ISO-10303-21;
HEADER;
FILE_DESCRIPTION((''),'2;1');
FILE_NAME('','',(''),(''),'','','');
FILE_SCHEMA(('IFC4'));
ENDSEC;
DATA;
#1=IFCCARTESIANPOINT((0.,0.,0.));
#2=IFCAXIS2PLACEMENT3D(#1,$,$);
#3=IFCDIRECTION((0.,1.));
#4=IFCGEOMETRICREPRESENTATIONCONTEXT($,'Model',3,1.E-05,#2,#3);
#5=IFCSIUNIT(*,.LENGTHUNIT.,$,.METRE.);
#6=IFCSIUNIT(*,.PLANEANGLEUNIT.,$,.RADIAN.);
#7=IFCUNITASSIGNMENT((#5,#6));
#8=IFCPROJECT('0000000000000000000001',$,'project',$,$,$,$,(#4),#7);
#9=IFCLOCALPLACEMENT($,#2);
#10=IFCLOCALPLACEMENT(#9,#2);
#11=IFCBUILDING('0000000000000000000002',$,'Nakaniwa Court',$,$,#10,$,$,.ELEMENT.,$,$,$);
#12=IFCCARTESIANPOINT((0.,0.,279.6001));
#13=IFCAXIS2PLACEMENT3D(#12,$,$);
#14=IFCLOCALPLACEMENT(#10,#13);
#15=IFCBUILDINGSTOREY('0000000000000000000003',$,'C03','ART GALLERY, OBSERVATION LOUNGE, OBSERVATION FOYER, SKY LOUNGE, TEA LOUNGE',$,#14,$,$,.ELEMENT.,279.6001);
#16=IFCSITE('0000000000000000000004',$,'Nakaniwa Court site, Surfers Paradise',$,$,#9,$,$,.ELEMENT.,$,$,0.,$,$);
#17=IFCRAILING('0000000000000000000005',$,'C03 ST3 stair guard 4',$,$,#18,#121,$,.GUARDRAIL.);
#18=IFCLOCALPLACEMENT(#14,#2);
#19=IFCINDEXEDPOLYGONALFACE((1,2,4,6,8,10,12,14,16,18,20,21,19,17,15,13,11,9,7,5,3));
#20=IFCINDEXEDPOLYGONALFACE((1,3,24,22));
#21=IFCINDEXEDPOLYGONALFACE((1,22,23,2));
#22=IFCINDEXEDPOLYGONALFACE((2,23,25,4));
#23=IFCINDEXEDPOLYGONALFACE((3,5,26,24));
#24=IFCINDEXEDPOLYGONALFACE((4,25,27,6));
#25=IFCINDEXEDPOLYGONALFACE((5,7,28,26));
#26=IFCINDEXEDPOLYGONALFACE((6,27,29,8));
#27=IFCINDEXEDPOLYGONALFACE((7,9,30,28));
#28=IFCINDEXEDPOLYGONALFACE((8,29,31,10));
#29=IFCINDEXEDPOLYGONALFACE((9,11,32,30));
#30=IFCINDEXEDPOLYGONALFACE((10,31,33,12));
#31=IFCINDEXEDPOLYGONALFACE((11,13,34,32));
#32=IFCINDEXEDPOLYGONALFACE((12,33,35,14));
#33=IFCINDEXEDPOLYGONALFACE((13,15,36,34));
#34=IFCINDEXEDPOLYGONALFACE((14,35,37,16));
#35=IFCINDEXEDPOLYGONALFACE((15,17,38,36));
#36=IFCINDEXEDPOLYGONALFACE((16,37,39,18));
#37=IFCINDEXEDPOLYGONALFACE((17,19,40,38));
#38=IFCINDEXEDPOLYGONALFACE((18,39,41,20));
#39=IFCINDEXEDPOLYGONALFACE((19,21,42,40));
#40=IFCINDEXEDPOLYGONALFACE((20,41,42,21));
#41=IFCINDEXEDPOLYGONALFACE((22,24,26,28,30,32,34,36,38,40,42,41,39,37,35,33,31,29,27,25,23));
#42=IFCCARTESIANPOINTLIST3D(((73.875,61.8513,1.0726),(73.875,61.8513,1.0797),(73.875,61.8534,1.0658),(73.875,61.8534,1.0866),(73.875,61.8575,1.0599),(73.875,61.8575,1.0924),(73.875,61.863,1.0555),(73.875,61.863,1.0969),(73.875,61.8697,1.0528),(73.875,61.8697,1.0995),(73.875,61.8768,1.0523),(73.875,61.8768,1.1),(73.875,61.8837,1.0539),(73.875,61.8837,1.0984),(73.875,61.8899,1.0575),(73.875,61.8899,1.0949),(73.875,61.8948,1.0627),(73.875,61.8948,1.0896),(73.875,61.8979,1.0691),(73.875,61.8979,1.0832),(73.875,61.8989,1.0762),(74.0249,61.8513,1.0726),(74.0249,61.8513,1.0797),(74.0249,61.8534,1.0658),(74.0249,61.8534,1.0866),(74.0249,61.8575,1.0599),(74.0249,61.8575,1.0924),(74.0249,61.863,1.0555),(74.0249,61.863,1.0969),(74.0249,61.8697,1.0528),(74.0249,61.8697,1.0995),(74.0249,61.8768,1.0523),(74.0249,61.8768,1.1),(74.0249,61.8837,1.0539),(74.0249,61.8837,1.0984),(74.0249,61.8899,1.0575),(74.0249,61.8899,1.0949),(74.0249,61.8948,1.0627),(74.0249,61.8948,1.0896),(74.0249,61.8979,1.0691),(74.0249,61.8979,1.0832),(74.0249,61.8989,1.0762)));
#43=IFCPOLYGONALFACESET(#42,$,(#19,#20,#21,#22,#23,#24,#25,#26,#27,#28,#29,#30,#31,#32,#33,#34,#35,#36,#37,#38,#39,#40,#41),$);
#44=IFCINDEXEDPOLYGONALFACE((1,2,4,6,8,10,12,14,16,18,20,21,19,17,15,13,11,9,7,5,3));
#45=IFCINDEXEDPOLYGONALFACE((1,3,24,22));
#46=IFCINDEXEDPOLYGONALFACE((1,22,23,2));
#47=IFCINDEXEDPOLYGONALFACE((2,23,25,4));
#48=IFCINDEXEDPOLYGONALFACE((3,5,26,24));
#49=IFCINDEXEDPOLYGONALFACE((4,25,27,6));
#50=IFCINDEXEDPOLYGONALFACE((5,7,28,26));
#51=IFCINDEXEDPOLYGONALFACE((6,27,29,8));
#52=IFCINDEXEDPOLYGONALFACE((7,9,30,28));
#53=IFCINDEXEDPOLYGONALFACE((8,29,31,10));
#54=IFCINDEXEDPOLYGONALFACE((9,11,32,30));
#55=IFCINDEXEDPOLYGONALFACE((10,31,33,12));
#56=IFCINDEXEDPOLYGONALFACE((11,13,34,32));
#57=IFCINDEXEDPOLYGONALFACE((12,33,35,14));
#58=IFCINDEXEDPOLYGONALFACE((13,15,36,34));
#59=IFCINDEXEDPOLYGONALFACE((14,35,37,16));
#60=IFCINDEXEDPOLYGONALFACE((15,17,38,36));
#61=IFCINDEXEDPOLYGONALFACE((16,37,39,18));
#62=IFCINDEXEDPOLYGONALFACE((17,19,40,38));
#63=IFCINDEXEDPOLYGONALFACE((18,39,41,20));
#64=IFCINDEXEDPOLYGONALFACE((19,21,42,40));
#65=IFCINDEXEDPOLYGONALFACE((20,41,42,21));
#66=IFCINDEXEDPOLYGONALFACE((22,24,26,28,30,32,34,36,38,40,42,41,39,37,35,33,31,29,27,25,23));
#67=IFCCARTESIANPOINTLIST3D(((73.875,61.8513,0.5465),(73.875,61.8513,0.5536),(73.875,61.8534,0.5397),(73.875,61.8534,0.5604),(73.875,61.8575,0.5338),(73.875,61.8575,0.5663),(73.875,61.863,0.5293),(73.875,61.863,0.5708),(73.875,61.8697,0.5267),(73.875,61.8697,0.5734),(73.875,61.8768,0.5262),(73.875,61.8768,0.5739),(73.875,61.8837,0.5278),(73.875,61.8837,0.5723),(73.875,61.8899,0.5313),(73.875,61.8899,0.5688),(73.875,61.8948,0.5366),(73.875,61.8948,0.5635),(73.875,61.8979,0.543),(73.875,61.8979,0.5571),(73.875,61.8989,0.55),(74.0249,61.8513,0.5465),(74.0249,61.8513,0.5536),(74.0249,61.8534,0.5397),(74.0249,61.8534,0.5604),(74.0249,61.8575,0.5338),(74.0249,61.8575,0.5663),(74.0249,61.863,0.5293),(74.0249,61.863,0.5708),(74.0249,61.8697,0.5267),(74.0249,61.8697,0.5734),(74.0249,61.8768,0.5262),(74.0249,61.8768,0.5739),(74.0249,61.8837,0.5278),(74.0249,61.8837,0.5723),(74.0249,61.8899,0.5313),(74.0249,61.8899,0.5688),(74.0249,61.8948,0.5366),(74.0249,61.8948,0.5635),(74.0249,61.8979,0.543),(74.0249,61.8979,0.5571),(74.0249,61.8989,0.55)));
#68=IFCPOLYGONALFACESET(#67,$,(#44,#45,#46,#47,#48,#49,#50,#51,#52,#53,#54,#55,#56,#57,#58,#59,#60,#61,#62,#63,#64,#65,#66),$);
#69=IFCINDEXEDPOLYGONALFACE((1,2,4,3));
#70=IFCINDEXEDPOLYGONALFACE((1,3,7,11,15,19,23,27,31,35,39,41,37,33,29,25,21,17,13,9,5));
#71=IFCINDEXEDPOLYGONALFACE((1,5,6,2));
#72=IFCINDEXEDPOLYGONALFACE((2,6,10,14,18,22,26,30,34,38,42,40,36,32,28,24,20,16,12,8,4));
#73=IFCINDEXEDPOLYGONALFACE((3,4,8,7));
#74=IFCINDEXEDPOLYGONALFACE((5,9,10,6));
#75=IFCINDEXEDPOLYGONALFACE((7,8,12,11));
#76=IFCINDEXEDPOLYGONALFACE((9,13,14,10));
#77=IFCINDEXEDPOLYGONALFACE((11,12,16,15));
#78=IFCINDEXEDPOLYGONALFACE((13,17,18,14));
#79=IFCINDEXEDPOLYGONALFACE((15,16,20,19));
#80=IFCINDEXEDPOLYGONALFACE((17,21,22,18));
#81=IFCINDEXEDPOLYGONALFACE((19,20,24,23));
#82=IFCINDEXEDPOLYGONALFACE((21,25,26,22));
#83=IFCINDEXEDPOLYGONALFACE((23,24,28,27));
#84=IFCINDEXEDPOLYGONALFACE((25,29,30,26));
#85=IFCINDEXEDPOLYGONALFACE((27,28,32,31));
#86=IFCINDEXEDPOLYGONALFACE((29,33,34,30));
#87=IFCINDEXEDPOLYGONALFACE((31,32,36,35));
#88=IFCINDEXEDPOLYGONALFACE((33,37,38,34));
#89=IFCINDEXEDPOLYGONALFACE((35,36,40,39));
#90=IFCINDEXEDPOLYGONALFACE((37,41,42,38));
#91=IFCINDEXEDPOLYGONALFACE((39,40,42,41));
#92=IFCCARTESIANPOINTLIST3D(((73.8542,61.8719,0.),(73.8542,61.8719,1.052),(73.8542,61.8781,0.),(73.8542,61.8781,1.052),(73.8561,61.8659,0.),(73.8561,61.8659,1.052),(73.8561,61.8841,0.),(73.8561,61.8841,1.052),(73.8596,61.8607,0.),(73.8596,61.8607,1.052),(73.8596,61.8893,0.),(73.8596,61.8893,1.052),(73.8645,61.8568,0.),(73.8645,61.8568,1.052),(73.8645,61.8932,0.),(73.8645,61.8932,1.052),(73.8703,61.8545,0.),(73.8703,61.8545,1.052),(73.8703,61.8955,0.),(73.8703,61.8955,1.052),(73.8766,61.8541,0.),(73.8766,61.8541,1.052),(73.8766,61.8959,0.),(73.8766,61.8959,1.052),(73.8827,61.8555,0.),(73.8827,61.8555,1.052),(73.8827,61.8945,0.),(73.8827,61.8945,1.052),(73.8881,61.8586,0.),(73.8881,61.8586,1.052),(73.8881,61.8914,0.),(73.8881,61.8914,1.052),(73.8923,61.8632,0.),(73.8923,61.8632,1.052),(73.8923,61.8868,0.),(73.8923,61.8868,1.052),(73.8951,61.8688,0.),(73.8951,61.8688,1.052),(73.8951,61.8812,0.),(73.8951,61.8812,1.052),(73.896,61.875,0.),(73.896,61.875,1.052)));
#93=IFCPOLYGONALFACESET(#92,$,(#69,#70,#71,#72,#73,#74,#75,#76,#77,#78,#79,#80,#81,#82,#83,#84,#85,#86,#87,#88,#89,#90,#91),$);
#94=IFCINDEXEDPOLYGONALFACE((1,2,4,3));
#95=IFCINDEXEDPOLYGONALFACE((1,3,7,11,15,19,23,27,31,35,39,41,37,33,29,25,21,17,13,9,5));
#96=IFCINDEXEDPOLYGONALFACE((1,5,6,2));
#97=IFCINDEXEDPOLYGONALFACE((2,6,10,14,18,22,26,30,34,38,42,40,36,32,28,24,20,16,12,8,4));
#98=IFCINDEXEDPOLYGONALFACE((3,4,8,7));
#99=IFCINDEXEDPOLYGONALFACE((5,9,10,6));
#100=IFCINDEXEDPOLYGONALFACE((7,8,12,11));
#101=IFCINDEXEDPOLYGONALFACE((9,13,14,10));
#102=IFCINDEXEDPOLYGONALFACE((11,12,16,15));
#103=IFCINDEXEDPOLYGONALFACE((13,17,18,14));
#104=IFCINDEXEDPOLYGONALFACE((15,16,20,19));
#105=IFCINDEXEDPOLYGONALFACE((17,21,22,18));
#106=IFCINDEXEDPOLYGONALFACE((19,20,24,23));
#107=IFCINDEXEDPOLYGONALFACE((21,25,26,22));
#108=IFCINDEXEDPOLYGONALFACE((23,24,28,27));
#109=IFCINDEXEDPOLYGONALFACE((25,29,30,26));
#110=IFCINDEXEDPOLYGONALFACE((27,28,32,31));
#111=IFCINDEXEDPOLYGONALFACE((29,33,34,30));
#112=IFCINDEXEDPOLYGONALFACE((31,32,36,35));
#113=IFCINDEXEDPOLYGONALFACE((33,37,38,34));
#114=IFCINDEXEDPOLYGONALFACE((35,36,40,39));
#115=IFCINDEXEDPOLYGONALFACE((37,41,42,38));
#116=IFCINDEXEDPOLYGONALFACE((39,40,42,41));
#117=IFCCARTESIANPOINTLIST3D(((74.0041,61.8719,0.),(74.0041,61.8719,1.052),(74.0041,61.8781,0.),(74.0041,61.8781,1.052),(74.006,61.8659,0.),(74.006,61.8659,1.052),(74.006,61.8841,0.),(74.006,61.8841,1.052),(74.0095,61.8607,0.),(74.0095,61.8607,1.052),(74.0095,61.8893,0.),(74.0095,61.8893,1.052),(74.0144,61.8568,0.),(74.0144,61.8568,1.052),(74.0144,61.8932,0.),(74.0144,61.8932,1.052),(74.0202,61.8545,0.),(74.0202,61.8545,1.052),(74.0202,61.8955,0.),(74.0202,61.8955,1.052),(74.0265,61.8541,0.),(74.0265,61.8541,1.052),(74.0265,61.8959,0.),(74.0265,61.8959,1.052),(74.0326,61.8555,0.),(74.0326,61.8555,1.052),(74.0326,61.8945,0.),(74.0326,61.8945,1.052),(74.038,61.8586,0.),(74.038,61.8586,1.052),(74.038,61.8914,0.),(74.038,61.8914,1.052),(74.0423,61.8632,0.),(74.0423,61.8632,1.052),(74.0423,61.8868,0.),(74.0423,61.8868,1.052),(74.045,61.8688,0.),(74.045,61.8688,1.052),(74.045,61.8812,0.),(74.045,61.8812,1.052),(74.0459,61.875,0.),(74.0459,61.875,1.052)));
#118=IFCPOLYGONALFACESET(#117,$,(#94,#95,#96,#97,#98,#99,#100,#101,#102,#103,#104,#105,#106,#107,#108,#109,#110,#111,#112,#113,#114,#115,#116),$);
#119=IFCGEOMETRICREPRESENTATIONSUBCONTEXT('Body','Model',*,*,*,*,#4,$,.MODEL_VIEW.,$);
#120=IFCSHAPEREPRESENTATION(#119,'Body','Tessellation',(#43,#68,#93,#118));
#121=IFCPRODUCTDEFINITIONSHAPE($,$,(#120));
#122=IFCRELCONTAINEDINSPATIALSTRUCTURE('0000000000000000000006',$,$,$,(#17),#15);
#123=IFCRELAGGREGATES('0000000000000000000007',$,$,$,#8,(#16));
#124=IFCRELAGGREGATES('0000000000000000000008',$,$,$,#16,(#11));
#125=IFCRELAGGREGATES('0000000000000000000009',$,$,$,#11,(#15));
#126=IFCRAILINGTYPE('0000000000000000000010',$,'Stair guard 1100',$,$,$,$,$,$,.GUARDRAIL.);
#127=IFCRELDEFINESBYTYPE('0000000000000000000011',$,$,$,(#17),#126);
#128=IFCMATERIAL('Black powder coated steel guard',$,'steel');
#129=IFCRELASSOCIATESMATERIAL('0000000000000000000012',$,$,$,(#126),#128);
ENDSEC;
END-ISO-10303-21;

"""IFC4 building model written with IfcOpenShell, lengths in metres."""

from ifc_helpers import new_model, si_unit, direction, frame, origin, origin_2d, place, context, subcontext, project, spatial, circle, extrude, material, type_object, element, save


model = new_model("IFC4")

# Units and contexts
model_context = context("Model", 3, precision=1e-05, world=origin(), true_north=direction((0.0, 1.0)))
body_context = subcontext(model_context, "Body", "Model", "MODEL_VIEW")
ifc_project = project(units=[si_unit("LENGTHUNIT", "METRE"), si_unit("PLANEANGLEUNIT", "RADIAN")], contexts=[model_context])

# Site, building, storey
site_placement = place(None, origin())
site = spatial("IfcSite", under=ifc_project, at=site_placement, Name="Nakaniwa Court site, Surfers Paradise", CompositionType="ELEMENT", RefElevation=0.0)
building_placement = place(site_placement, origin())
building = spatial("IfcBuilding", under=site, at=building_placement, Name="Nakaniwa Court", CompositionType="ELEMENT")
storey_placement = place(building_placement, frame((0.0, 0.0, 279.6001)))
storey = spatial("IfcBuildingStorey", under=building, at=storey_placement, Name="C03", Description="ART GALLERY, OBSERVATION LOUNGE, OBSERVATION FOYER, SKY LOUNGE, TEA LOUNGE", CompositionType="ELEMENT", Elevation=279.6001)

# Railing
ifc_material_1 = material(Name="Black powder coated steel guard", Category="steel")
railing_type_1 = type_object("IfcRailingType", Name="Stair guard 1100", PredefinedType="GUARDRAIL", material=ifc_material_1)
railing_1_placement = place(storey_placement, frame((73.875, 61.875, 0.0)))
element("IfcRailing", 1, at=railing_1_placement, inside=storey, type_object=railing_type_1, Name="C03 ST3 stair guard 4", PredefinedType="GUARDRAIL", context=body_context, shape_type="SweptSolid", body=[
    extrude(circle(Radius=0.0239, at=origin_2d()), frame((0.0, 0.0, 1.0762), z_axis=(1.0, 0.0, 0.0), x_axis=(0.0, 1.0, 0.0)), (0.0, 0.0, 1.0), 0.1499),
    extrude(circle(Radius=0.0239, at=origin_2d()), frame((0.0, 0.0, 0.55), z_axis=(1.0, 0.0, 0.0), x_axis=(0.0, 1.0, 0.0)), (0.0, 0.0, 1.0), 0.1499),
    extrude(circle(Radius=0.021, at=origin_2d()), origin(), (0.0, 0.0, 1.0), 1.052),
    extrude(circle(Radius=0.021, at=origin_2d()), frame((0.1499, 0.0, 0.0)), (0.0, 0.0, 1.0), 1.052),
])

save(model, "model.ifc")
